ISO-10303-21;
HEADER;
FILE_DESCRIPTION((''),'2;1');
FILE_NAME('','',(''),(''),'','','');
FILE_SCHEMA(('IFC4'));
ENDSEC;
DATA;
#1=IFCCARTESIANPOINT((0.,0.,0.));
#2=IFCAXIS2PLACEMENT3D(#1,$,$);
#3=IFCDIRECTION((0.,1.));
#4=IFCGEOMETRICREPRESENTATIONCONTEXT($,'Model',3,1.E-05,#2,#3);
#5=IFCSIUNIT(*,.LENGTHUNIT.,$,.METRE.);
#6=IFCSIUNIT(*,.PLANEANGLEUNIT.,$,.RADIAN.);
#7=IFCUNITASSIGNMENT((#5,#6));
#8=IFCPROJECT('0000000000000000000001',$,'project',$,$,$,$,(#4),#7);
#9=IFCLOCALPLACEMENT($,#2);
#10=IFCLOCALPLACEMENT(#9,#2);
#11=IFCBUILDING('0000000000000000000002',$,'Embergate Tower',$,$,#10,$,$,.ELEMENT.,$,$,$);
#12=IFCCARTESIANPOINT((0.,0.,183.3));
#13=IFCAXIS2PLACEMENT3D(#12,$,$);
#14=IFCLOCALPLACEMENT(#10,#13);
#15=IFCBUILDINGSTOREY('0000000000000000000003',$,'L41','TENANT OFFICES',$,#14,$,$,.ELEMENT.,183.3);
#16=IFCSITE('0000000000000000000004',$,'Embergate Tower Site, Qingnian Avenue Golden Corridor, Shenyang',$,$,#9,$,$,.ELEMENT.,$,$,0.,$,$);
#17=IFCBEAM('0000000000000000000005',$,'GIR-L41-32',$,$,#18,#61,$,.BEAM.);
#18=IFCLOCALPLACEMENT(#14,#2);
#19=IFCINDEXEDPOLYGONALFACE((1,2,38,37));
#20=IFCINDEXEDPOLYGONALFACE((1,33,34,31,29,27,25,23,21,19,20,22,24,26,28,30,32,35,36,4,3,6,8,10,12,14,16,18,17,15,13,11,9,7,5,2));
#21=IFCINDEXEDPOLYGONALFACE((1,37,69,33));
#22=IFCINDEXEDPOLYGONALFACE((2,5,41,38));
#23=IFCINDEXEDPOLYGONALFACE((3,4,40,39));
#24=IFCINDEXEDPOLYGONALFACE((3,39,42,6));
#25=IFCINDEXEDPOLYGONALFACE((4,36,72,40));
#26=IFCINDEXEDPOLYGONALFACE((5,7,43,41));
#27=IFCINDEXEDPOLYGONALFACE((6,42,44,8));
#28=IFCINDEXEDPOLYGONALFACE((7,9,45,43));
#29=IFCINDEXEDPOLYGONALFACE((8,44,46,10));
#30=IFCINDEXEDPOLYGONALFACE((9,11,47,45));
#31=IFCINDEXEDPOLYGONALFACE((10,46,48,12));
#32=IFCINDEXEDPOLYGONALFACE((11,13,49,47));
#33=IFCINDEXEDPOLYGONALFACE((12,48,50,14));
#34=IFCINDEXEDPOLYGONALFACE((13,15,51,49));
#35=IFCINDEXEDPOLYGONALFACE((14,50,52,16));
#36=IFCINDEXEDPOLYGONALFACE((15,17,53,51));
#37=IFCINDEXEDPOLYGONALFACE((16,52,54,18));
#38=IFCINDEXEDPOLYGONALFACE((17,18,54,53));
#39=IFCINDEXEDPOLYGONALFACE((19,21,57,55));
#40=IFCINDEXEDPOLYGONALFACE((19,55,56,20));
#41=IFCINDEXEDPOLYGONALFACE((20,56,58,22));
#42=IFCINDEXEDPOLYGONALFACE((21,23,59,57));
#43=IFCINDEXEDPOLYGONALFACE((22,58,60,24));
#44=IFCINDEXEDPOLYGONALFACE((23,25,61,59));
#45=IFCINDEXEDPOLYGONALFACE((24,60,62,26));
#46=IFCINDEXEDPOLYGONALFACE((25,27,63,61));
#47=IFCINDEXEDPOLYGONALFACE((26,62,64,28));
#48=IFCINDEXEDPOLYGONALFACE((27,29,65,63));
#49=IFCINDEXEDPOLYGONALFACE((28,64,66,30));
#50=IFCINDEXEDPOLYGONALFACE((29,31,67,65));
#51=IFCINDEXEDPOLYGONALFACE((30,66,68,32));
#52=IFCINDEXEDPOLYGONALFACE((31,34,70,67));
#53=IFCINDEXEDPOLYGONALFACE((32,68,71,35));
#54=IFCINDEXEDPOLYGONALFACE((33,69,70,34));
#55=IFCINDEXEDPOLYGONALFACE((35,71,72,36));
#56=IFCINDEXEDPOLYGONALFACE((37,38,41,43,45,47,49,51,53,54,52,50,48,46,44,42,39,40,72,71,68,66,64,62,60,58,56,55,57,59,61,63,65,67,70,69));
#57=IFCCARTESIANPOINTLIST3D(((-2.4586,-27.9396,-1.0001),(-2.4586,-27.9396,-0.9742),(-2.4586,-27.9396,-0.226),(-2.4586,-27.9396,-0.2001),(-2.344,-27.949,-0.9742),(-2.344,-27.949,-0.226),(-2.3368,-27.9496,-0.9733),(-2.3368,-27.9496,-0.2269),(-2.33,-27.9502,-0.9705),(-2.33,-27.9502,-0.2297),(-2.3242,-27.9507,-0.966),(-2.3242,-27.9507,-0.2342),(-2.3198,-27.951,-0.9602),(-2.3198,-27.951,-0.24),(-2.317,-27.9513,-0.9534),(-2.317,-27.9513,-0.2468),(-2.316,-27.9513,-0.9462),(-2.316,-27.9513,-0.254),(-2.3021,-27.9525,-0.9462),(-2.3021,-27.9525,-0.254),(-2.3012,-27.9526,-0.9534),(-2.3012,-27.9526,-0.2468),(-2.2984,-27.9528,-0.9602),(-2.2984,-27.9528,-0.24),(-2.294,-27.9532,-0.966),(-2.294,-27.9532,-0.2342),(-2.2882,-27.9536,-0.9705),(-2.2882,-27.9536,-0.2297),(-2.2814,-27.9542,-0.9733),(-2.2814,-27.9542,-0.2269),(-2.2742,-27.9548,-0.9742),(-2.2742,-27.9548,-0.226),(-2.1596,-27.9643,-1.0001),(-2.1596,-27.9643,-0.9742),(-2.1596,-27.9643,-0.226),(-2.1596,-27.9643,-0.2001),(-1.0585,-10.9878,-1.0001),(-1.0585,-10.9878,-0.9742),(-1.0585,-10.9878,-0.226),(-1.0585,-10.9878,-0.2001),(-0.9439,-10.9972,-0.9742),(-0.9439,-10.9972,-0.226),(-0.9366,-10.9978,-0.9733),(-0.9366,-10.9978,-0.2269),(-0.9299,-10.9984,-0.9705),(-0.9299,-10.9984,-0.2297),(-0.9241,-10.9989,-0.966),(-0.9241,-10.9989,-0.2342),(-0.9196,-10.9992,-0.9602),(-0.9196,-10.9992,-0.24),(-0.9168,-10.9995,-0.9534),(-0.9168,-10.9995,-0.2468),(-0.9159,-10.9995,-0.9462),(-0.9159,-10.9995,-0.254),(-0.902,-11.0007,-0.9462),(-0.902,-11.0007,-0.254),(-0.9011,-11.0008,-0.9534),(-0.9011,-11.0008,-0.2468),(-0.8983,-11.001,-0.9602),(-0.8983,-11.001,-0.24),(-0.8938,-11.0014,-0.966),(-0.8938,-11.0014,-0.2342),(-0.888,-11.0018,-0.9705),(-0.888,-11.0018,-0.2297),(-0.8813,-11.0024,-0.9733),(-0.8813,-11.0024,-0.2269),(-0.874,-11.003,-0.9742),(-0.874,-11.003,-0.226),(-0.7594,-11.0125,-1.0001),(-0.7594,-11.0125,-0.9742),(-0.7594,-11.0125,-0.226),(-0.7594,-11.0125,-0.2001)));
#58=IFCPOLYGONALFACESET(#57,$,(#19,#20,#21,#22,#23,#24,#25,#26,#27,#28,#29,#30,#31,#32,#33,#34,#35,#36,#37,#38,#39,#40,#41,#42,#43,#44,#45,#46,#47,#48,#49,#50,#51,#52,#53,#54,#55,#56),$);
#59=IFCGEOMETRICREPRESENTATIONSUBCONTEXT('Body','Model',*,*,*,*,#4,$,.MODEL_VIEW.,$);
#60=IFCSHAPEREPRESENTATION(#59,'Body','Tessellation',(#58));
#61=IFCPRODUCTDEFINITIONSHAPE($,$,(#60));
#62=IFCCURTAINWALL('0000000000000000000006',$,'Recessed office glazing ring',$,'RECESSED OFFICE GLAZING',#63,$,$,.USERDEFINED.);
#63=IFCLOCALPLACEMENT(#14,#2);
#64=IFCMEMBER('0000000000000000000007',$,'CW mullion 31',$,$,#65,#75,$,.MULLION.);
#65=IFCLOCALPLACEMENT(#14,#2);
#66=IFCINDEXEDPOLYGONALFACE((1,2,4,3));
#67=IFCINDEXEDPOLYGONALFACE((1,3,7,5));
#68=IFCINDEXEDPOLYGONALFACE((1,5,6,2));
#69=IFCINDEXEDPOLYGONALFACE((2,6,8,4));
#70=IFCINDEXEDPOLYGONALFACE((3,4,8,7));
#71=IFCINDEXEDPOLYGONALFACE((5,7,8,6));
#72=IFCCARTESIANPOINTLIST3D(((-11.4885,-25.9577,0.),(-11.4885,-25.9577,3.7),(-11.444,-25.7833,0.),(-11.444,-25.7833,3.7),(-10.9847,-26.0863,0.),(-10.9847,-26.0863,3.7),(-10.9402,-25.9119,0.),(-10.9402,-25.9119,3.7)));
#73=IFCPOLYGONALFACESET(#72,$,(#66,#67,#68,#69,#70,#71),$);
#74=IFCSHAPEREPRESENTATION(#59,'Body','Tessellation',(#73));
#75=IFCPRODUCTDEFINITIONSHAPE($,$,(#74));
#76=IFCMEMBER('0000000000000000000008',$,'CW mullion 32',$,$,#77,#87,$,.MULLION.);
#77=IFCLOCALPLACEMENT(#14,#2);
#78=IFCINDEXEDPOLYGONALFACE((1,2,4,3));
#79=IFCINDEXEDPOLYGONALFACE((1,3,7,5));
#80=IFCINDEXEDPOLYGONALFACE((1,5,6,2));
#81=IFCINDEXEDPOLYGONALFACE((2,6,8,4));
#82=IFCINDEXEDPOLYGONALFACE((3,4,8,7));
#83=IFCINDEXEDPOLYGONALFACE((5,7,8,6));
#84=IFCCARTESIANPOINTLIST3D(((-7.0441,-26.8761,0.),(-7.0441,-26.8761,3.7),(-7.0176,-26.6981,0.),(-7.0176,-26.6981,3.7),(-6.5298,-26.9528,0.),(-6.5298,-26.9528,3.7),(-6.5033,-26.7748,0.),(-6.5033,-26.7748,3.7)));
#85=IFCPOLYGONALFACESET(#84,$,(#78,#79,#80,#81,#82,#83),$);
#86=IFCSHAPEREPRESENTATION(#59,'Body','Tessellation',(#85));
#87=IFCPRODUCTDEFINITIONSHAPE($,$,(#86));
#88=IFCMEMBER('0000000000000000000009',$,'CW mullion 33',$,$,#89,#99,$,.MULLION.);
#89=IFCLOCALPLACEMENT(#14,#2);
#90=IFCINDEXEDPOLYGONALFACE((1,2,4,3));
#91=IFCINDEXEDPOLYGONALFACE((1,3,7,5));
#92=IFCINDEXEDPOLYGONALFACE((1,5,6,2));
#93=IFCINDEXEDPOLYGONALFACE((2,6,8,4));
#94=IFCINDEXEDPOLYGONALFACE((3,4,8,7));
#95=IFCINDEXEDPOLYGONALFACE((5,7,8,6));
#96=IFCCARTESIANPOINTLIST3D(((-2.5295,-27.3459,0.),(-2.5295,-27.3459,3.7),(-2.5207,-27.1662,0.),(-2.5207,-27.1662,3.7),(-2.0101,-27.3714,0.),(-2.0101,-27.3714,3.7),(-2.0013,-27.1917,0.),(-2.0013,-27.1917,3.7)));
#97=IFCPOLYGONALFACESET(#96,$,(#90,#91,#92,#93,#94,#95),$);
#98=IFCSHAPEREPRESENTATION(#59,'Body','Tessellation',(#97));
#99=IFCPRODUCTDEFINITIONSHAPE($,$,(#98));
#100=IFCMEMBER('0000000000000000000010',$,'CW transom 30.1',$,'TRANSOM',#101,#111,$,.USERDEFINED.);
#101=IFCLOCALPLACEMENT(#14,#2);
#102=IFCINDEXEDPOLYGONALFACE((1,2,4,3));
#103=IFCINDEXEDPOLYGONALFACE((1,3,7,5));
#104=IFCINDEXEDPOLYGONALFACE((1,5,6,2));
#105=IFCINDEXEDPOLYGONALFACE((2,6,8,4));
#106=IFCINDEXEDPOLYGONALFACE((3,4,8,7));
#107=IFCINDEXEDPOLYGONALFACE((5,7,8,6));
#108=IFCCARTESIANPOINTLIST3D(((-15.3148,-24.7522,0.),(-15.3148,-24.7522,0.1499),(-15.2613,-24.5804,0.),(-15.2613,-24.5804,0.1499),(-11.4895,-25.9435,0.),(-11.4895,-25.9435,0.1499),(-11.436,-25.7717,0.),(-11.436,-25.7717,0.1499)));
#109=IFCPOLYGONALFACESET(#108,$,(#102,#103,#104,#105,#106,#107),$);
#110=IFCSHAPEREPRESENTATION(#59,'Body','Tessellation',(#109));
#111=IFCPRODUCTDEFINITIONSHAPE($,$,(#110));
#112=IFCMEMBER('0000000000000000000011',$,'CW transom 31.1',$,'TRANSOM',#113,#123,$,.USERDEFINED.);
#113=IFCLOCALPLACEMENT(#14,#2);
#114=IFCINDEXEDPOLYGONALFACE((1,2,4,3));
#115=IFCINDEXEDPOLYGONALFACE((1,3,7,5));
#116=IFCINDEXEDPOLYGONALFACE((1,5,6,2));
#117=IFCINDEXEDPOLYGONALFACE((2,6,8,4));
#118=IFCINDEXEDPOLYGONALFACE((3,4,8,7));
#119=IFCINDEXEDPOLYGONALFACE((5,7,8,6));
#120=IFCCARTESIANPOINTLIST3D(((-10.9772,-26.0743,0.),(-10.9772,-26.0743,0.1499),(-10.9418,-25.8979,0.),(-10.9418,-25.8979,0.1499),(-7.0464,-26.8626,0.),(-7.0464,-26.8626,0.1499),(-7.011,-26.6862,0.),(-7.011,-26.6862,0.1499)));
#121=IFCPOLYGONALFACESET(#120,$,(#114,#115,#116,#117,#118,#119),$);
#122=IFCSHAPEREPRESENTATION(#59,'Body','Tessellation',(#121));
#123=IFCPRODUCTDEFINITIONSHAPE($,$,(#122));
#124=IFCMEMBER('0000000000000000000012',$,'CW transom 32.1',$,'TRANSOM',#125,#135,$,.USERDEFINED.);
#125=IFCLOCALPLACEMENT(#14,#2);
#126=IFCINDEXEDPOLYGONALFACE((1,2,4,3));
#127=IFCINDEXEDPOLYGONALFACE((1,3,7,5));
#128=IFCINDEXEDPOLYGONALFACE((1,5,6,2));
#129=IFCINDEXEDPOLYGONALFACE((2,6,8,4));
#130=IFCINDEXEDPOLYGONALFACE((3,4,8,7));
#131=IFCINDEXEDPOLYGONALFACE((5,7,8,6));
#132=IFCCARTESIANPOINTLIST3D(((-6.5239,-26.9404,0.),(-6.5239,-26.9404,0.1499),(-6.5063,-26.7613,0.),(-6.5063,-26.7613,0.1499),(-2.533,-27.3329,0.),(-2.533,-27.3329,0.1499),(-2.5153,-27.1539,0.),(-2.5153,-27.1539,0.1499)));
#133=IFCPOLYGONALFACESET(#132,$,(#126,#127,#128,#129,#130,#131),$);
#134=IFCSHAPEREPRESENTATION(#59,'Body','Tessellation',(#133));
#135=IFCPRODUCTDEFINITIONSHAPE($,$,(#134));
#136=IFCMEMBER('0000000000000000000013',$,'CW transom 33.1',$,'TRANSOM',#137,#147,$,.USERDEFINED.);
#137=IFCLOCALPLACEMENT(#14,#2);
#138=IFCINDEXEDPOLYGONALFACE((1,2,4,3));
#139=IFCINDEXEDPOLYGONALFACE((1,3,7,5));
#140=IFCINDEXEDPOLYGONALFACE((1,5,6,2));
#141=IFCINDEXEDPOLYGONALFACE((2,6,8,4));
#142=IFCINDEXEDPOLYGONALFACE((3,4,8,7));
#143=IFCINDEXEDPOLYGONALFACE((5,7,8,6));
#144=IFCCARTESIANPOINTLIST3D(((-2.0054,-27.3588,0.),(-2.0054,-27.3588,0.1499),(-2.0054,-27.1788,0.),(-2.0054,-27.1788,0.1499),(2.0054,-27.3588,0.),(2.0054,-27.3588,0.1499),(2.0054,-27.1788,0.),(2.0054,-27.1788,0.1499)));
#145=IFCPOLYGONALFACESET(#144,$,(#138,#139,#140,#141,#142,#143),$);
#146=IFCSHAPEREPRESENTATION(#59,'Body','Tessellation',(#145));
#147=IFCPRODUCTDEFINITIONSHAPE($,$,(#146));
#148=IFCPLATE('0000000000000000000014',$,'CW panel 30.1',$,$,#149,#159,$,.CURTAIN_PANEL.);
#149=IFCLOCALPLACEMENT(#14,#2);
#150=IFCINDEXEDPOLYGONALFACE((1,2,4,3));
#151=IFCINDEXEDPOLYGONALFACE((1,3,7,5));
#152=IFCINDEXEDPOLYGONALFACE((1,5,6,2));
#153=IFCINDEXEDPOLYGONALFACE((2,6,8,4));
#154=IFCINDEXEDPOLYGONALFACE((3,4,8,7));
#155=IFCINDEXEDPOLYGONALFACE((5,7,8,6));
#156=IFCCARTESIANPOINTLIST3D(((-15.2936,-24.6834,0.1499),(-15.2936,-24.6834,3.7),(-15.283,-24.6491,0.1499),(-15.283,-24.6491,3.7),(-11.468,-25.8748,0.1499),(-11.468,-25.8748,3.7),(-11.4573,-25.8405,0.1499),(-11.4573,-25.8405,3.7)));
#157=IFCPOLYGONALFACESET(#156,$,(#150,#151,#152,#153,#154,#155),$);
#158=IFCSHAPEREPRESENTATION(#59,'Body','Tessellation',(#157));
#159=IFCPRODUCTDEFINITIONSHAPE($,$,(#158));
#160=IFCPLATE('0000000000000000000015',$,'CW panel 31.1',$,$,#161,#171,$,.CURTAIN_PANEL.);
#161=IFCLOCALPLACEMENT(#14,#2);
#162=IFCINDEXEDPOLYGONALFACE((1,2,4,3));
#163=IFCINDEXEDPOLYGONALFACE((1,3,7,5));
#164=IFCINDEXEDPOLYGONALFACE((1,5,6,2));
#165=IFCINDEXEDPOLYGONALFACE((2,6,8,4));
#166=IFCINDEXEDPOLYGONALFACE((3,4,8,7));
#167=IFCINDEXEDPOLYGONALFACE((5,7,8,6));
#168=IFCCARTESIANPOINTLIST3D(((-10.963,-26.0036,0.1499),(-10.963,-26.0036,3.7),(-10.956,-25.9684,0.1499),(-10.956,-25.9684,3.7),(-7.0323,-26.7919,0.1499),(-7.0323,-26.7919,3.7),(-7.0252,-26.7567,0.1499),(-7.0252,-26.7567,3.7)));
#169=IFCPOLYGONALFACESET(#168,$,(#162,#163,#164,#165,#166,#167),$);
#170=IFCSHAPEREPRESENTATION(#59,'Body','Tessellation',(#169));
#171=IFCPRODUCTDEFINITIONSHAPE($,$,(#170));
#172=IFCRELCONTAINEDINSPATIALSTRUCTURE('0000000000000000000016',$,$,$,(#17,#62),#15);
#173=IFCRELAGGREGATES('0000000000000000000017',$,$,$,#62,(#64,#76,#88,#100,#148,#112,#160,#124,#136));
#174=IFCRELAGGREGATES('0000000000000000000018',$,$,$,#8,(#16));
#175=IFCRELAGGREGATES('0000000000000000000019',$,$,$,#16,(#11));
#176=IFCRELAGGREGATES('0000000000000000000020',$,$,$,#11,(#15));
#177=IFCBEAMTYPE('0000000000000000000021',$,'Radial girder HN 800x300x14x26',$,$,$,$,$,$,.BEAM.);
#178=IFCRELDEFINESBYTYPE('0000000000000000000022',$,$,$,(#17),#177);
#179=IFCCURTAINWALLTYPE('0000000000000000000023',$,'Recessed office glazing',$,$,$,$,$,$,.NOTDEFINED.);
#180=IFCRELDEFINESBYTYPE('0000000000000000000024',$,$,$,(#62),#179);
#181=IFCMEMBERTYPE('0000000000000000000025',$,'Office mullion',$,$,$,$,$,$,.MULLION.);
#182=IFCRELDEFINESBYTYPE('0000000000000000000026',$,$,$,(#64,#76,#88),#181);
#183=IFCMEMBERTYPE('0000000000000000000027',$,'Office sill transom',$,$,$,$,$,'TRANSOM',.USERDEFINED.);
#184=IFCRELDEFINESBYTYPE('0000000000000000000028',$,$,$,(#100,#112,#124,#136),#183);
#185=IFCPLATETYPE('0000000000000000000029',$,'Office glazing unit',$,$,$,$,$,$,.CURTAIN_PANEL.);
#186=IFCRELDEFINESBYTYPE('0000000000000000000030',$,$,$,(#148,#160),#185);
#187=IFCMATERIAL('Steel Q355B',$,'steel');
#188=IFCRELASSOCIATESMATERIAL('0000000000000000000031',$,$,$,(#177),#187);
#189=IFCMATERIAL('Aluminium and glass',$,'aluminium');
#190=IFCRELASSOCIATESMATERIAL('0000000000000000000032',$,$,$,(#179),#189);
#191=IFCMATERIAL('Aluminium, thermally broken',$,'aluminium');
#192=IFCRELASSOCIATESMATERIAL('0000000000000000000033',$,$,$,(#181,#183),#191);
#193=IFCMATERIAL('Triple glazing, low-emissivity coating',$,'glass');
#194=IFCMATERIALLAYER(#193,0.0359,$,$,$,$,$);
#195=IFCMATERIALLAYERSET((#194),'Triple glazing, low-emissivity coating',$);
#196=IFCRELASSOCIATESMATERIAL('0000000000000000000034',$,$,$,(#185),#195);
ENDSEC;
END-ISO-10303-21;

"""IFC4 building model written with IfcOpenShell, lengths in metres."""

from ifc_helpers import new_model, si_unit, direction, frame, origin, origin_2d, place, context, subcontext, project, spatial, rectangle, i_section, extrude, source, transform, mapped, material, layer, layer_set, material_profile, profile_set, type_object, element, aggregate, save


model = new_model("IFC4")

# Units and contexts
model_context = context("Model", 3, precision=1e-05, world=origin(), true_north=direction((0.0, 1.0)))
body_context = subcontext(model_context, "Body", "Model", "MODEL_VIEW")
ifc_project = project(units=[si_unit("LENGTHUNIT", "METRE"), si_unit("PLANEANGLEUNIT", "RADIAN")], contexts=[model_context])

# Site, building, storey
site_placement = place(None, origin())
site = spatial("IfcSite", under=ifc_project, at=site_placement, Name="Embergate Tower Site, Qingnian Avenue Golden Corridor, Shenyang", CompositionType="ELEMENT", RefElevation=0.0)
building_placement = place(site_placement, origin())
building = spatial("IfcBuilding", under=site, at=building_placement, Name="Embergate Tower", CompositionType="ELEMENT")
storey_placement = place(building_placement, frame((0.0, 0.0, 183.3)))
storey = spatial("IfcBuildingStorey", under=building, at=storey_placement, Name="L41", Description="TENANT OFFICES", CompositionType="ELEMENT", Elevation=183.3)

# Beam
ifc_material_1 = material(Name="Steel Q355B", Category="steel")
ifc_material_profile_1 = material_profile(ifc_material_1, i_section(OverallWidth=0.3, OverallDepth=0.8, WebThickness=0.0139, FlangeThickness=0.0259, FilletRadius=0.0281, at=origin_2d()), Name="HN 800x300x14x26")
ifc_profile_set_1 = profile_set([ifc_material_profile_1], Name="Steel Q355 grade B")
beam_type_1 = type_object("IfcBeamType", Name="Radial girder HN 800x300x14x26", PredefinedType="BEAM", material=ifc_profile_set_1)
shared_shape_1 = source(origin(), body_context, "Body", "SweptSolid", [
    extrude(i_section(OverallWidth=0.3, OverallDepth=0.8, WebThickness=0.0139, FlangeThickness=0.0259, FilletRadius=0.0281, at=origin_2d()), origin(), (0.0, 0.0, 1.0), 17.0095),
])
beam_1_placement = place(storey_placement, frame((-2.3091, -27.9519, -0.6001), z_axis=(0.082315, 0.996606, 0.0), x_axis=(-0.996606, 0.082315, 0.0)))
element("IfcBeam", 1, at=beam_1_placement, inside=storey, type_object=beam_type_1, Name="GIR-L41-32", PredefinedType="BEAM", context=body_context, shape_type="MappedRepresentation", body=[
    mapped(shared_shape_1, transform((0.0, 0.0, 0.0))),
])

# Curtain wall, members
ifc_material_2 = material(Name="Aluminium and glass", Category="aluminium")
curtain_wall_type = type_object("IfcCurtainWallType", Name="Recessed office glazing", PredefinedType="NOTDEFINED", material=ifc_material_2)
curtain_wall_placement = place(storey_placement, origin())
curtain_wall = element("IfcCurtainWall", 2, at=curtain_wall_placement, inside=storey, type_object=curtain_wall_type, Name="Recessed office glazing ring", ObjectType="RECESSED OFFICE GLAZING", PredefinedType="USERDEFINED")
ifc_material_3 = material(Name="Aluminium, thermally broken", Category="aluminium")
ifc_material_profile_2 = material_profile(ifc_material_3, rectangle(XDim=0.1799, YDim=0.52, at=origin_2d()), Name="AL 520x180")
ifc_profile_set_2 = profile_set([ifc_material_profile_2], Name="Aluminium, thermally broken")
member_type_1 = type_object("IfcMemberType", Name="Office mullion", PredefinedType="MULLION", material=ifc_profile_set_2)
shared_shape_2 = source(origin(), body_context, "Body", "SweptSolid", [
    extrude(rectangle(XDim=0.1799, YDim=0.52, at=origin_2d()), origin(), (0.0, 0.0, 1.0), 3.7),
])
member_1_placement = place(storey_placement, frame((-11.2144, -25.9348, 0.0), z_axis=(0.0, 0.0, 1.0), x_axis=(0.247314, 0.968935, 0.0)))
member_1 = element("IfcMember", 3, at=member_1_placement, type_object=member_type_1, Name="CW mullion 31", PredefinedType="MULLION", context=body_context, shape_type="MappedRepresentation", body=[
    mapped(shared_shape_2, transform((0.0, 0.0, 0.0))),
])
member_2_placement = place(storey_placement, frame((-6.7737, -26.8254, 0.0), z_axis=(0.0, 0.0, 1.0), x_axis=(0.147412, 0.989075, 0.0)))
member_2 = element("IfcMember", 4, at=member_2_placement, type_object=member_type_1, Name="CW mullion 32", PredefinedType="MULLION", context=body_context, shape_type="MappedRepresentation", body=[
    mapped(shared_shape_2, transform((0.0, 0.0, 0.0))),
])
member_3_placement = place(storey_placement, frame((-2.2654, -27.2688, 0.0), z_axis=(0.0, 0.0, 1.0), x_axis=(0.048972, 0.9988, 0.0)))
member_3 = element("IfcMember", 5, at=member_3_placement, type_object=member_type_1, Name="CW mullion 33", PredefinedType="MULLION", context=body_context, shape_type="MappedRepresentation", body=[
    mapped(shared_shape_2, transform((0.0, 0.0, 0.0))),
])
ifc_material_profile_3 = material_profile(ifc_material_3, rectangle(XDim=0.1799, YDim=0.1499, at=origin_2d()), Name="AL 150x180")
ifc_profile_set_3 = profile_set([ifc_material_profile_3], Name="Aluminium, thermally broken")
member_type_2 = type_object("IfcMemberType", Name="Office sill transom", ElementType="TRANSOM", PredefinedType="USERDEFINED", material=ifc_profile_set_3)
shared_shape_3 = source(origin(), body_context, "Body", "SweptSolid", [
    extrude(rectangle(XDim=0.1799, YDim=0.1499, at=origin_2d()), origin(), (0.0, 0.0, 1.0), 4.0066),
])
member_4_placement = place(storey_placement, frame((-15.2881, -24.6663, 0.075), z_axis=(0.954767, -0.297355, 0.0), x_axis=(0.297355, 0.954767, 0.0)))
member_4 = element("IfcMember", 6, at=member_4_placement, type_object=member_type_2, Name="CW transom 30.1", ObjectType="TRANSOM", PredefinedType="USERDEFINED", context=body_context, shape_type="MappedRepresentation", body=[
    mapped(shared_shape_3, transform((0.0, 0.0, 0.0))),
])
shared_shape_4 = source(origin(), body_context, "Body", "SweptSolid", [
    extrude(rectangle(XDim=0.1799, YDim=0.1499, at=origin_2d()), origin(), (0.0, 0.0, 1.0), 4.009),
])
member_5_placement = place(storey_placement, frame((-10.9595, -25.9861, 0.075), z_axis=(0.980475, -0.196643, 0.0), x_axis=(0.196643, 0.980475, 0.0)))
member_5 = element("IfcMember", 7, at=member_5_placement, type_object=member_type_2, Name="CW transom 31.1", ObjectType="TRANSOM", PredefinedType="USERDEFINED", context=body_context, shape_type="MappedRepresentation", body=[
    mapped(shared_shape_4, transform((0.0, 0.0, 0.0))),
])
shared_shape_5 = source(origin(), body_context, "Body", "SweptSolid", [
    extrude(rectangle(XDim=0.1799, YDim=0.1499, at=origin_2d()), origin(), (0.0, 0.0, 1.0), 4.0103),
])
member_6_placement = place(storey_placement, frame((-6.5151, -26.8508, 0.075), z_axis=(0.995197, -0.097894, 0.0), x_axis=(0.097894, 0.995197, 0.0)))
member_6 = element("IfcMember", 8, at=member_6_placement, type_object=member_type_2, Name="CW transom 32.1", ObjectType="TRANSOM", PredefinedType="USERDEFINED", context=body_context, shape_type="MappedRepresentation", body=[
    mapped(shared_shape_5, transform((0.0, 0.0, 0.0))),
])
shared_shape_6 = source(origin(), body_context, "Body", "SweptSolid", [
    extrude(rectangle(XDim=0.1799, YDim=0.1499, at=origin_2d()), origin(), (0.0, 0.0, 1.0), 4.0107),
])
member_7_placement = place(storey_placement, frame((-2.0054, -27.2688, 0.075), z_axis=(1.0, 0.0, 0.0), x_axis=(0.0, 1.0, 0.0)))
member_7 = element("IfcMember", 9, at=member_7_placement, type_object=member_type_2, Name="CW transom 33.1", ObjectType="TRANSOM", PredefinedType="USERDEFINED", context=body_context, shape_type="MappedRepresentation", body=[
    mapped(shared_shape_6, transform((0.0, 0.0, 0.0))),
])

# Plates
ifc_material_4 = material(Name="Triple glazing, low-emissivity coating", Category="glass")
ifc_layer_1 = layer(ifc_material_4, 0.0359)
ifc_layer_set_1 = layer_set([ifc_layer_1], Name="Triple glazing, low-emissivity coating")
plate_type = type_object("IfcPlateType", Name="Office glazing unit", PredefinedType="CURTAIN_PANEL", material=ifc_layer_set_1)
shared_shape_7 = source(origin(), body_context, "Body", "SweptSolid", [
    extrude(rectangle(XDim=4.0068, YDim=0.0359, at=origin_2d()), origin(), (0.0, 0.0, 1.0), 3.55),
])
plate_1_placement = place(storey_placement, frame((-13.3755, -25.262, 0.1499), z_axis=(0.0, 0.0, 1.0), x_axis=(0.954771, -0.297342, 0.0)))
plate_1 = element("IfcPlate", 10, at=plate_1_placement, type_object=plate_type, Name="CW panel 30.1", PredefinedType="CURTAIN_PANEL", context=body_context, shape_type="MappedRepresentation", body=[
    mapped(shared_shape_7, transform((0.0, 0.0, 0.0))),
])
shared_shape_8 = source(origin(), body_context, "Body", "SweptSolid", [
    extrude(rectangle(XDim=4.009, YDim=0.0359, at=origin_2d()), origin(), (0.0, 0.0, 1.0), 3.55),
])
plate_2_placement = place(storey_placement, frame((-8.9941, -26.3801, 0.1499), z_axis=(0.0, 0.0, 1.0), x_axis=(0.980476, -0.196641, 0.0)))
plate_2 = element("IfcPlate", 11, at=plate_2_placement, type_object=plate_type, Name="CW panel 31.1", PredefinedType="CURTAIN_PANEL", context=body_context, shape_type="MappedRepresentation", body=[
    mapped(shared_shape_8, transform((0.0, 0.0, 0.0))),
])
aggregate(curtain_wall, [member_1, member_2, member_3, member_4, plate_1, member_5, plate_2, member_6, member_7])

save(model, "model.ifc")
